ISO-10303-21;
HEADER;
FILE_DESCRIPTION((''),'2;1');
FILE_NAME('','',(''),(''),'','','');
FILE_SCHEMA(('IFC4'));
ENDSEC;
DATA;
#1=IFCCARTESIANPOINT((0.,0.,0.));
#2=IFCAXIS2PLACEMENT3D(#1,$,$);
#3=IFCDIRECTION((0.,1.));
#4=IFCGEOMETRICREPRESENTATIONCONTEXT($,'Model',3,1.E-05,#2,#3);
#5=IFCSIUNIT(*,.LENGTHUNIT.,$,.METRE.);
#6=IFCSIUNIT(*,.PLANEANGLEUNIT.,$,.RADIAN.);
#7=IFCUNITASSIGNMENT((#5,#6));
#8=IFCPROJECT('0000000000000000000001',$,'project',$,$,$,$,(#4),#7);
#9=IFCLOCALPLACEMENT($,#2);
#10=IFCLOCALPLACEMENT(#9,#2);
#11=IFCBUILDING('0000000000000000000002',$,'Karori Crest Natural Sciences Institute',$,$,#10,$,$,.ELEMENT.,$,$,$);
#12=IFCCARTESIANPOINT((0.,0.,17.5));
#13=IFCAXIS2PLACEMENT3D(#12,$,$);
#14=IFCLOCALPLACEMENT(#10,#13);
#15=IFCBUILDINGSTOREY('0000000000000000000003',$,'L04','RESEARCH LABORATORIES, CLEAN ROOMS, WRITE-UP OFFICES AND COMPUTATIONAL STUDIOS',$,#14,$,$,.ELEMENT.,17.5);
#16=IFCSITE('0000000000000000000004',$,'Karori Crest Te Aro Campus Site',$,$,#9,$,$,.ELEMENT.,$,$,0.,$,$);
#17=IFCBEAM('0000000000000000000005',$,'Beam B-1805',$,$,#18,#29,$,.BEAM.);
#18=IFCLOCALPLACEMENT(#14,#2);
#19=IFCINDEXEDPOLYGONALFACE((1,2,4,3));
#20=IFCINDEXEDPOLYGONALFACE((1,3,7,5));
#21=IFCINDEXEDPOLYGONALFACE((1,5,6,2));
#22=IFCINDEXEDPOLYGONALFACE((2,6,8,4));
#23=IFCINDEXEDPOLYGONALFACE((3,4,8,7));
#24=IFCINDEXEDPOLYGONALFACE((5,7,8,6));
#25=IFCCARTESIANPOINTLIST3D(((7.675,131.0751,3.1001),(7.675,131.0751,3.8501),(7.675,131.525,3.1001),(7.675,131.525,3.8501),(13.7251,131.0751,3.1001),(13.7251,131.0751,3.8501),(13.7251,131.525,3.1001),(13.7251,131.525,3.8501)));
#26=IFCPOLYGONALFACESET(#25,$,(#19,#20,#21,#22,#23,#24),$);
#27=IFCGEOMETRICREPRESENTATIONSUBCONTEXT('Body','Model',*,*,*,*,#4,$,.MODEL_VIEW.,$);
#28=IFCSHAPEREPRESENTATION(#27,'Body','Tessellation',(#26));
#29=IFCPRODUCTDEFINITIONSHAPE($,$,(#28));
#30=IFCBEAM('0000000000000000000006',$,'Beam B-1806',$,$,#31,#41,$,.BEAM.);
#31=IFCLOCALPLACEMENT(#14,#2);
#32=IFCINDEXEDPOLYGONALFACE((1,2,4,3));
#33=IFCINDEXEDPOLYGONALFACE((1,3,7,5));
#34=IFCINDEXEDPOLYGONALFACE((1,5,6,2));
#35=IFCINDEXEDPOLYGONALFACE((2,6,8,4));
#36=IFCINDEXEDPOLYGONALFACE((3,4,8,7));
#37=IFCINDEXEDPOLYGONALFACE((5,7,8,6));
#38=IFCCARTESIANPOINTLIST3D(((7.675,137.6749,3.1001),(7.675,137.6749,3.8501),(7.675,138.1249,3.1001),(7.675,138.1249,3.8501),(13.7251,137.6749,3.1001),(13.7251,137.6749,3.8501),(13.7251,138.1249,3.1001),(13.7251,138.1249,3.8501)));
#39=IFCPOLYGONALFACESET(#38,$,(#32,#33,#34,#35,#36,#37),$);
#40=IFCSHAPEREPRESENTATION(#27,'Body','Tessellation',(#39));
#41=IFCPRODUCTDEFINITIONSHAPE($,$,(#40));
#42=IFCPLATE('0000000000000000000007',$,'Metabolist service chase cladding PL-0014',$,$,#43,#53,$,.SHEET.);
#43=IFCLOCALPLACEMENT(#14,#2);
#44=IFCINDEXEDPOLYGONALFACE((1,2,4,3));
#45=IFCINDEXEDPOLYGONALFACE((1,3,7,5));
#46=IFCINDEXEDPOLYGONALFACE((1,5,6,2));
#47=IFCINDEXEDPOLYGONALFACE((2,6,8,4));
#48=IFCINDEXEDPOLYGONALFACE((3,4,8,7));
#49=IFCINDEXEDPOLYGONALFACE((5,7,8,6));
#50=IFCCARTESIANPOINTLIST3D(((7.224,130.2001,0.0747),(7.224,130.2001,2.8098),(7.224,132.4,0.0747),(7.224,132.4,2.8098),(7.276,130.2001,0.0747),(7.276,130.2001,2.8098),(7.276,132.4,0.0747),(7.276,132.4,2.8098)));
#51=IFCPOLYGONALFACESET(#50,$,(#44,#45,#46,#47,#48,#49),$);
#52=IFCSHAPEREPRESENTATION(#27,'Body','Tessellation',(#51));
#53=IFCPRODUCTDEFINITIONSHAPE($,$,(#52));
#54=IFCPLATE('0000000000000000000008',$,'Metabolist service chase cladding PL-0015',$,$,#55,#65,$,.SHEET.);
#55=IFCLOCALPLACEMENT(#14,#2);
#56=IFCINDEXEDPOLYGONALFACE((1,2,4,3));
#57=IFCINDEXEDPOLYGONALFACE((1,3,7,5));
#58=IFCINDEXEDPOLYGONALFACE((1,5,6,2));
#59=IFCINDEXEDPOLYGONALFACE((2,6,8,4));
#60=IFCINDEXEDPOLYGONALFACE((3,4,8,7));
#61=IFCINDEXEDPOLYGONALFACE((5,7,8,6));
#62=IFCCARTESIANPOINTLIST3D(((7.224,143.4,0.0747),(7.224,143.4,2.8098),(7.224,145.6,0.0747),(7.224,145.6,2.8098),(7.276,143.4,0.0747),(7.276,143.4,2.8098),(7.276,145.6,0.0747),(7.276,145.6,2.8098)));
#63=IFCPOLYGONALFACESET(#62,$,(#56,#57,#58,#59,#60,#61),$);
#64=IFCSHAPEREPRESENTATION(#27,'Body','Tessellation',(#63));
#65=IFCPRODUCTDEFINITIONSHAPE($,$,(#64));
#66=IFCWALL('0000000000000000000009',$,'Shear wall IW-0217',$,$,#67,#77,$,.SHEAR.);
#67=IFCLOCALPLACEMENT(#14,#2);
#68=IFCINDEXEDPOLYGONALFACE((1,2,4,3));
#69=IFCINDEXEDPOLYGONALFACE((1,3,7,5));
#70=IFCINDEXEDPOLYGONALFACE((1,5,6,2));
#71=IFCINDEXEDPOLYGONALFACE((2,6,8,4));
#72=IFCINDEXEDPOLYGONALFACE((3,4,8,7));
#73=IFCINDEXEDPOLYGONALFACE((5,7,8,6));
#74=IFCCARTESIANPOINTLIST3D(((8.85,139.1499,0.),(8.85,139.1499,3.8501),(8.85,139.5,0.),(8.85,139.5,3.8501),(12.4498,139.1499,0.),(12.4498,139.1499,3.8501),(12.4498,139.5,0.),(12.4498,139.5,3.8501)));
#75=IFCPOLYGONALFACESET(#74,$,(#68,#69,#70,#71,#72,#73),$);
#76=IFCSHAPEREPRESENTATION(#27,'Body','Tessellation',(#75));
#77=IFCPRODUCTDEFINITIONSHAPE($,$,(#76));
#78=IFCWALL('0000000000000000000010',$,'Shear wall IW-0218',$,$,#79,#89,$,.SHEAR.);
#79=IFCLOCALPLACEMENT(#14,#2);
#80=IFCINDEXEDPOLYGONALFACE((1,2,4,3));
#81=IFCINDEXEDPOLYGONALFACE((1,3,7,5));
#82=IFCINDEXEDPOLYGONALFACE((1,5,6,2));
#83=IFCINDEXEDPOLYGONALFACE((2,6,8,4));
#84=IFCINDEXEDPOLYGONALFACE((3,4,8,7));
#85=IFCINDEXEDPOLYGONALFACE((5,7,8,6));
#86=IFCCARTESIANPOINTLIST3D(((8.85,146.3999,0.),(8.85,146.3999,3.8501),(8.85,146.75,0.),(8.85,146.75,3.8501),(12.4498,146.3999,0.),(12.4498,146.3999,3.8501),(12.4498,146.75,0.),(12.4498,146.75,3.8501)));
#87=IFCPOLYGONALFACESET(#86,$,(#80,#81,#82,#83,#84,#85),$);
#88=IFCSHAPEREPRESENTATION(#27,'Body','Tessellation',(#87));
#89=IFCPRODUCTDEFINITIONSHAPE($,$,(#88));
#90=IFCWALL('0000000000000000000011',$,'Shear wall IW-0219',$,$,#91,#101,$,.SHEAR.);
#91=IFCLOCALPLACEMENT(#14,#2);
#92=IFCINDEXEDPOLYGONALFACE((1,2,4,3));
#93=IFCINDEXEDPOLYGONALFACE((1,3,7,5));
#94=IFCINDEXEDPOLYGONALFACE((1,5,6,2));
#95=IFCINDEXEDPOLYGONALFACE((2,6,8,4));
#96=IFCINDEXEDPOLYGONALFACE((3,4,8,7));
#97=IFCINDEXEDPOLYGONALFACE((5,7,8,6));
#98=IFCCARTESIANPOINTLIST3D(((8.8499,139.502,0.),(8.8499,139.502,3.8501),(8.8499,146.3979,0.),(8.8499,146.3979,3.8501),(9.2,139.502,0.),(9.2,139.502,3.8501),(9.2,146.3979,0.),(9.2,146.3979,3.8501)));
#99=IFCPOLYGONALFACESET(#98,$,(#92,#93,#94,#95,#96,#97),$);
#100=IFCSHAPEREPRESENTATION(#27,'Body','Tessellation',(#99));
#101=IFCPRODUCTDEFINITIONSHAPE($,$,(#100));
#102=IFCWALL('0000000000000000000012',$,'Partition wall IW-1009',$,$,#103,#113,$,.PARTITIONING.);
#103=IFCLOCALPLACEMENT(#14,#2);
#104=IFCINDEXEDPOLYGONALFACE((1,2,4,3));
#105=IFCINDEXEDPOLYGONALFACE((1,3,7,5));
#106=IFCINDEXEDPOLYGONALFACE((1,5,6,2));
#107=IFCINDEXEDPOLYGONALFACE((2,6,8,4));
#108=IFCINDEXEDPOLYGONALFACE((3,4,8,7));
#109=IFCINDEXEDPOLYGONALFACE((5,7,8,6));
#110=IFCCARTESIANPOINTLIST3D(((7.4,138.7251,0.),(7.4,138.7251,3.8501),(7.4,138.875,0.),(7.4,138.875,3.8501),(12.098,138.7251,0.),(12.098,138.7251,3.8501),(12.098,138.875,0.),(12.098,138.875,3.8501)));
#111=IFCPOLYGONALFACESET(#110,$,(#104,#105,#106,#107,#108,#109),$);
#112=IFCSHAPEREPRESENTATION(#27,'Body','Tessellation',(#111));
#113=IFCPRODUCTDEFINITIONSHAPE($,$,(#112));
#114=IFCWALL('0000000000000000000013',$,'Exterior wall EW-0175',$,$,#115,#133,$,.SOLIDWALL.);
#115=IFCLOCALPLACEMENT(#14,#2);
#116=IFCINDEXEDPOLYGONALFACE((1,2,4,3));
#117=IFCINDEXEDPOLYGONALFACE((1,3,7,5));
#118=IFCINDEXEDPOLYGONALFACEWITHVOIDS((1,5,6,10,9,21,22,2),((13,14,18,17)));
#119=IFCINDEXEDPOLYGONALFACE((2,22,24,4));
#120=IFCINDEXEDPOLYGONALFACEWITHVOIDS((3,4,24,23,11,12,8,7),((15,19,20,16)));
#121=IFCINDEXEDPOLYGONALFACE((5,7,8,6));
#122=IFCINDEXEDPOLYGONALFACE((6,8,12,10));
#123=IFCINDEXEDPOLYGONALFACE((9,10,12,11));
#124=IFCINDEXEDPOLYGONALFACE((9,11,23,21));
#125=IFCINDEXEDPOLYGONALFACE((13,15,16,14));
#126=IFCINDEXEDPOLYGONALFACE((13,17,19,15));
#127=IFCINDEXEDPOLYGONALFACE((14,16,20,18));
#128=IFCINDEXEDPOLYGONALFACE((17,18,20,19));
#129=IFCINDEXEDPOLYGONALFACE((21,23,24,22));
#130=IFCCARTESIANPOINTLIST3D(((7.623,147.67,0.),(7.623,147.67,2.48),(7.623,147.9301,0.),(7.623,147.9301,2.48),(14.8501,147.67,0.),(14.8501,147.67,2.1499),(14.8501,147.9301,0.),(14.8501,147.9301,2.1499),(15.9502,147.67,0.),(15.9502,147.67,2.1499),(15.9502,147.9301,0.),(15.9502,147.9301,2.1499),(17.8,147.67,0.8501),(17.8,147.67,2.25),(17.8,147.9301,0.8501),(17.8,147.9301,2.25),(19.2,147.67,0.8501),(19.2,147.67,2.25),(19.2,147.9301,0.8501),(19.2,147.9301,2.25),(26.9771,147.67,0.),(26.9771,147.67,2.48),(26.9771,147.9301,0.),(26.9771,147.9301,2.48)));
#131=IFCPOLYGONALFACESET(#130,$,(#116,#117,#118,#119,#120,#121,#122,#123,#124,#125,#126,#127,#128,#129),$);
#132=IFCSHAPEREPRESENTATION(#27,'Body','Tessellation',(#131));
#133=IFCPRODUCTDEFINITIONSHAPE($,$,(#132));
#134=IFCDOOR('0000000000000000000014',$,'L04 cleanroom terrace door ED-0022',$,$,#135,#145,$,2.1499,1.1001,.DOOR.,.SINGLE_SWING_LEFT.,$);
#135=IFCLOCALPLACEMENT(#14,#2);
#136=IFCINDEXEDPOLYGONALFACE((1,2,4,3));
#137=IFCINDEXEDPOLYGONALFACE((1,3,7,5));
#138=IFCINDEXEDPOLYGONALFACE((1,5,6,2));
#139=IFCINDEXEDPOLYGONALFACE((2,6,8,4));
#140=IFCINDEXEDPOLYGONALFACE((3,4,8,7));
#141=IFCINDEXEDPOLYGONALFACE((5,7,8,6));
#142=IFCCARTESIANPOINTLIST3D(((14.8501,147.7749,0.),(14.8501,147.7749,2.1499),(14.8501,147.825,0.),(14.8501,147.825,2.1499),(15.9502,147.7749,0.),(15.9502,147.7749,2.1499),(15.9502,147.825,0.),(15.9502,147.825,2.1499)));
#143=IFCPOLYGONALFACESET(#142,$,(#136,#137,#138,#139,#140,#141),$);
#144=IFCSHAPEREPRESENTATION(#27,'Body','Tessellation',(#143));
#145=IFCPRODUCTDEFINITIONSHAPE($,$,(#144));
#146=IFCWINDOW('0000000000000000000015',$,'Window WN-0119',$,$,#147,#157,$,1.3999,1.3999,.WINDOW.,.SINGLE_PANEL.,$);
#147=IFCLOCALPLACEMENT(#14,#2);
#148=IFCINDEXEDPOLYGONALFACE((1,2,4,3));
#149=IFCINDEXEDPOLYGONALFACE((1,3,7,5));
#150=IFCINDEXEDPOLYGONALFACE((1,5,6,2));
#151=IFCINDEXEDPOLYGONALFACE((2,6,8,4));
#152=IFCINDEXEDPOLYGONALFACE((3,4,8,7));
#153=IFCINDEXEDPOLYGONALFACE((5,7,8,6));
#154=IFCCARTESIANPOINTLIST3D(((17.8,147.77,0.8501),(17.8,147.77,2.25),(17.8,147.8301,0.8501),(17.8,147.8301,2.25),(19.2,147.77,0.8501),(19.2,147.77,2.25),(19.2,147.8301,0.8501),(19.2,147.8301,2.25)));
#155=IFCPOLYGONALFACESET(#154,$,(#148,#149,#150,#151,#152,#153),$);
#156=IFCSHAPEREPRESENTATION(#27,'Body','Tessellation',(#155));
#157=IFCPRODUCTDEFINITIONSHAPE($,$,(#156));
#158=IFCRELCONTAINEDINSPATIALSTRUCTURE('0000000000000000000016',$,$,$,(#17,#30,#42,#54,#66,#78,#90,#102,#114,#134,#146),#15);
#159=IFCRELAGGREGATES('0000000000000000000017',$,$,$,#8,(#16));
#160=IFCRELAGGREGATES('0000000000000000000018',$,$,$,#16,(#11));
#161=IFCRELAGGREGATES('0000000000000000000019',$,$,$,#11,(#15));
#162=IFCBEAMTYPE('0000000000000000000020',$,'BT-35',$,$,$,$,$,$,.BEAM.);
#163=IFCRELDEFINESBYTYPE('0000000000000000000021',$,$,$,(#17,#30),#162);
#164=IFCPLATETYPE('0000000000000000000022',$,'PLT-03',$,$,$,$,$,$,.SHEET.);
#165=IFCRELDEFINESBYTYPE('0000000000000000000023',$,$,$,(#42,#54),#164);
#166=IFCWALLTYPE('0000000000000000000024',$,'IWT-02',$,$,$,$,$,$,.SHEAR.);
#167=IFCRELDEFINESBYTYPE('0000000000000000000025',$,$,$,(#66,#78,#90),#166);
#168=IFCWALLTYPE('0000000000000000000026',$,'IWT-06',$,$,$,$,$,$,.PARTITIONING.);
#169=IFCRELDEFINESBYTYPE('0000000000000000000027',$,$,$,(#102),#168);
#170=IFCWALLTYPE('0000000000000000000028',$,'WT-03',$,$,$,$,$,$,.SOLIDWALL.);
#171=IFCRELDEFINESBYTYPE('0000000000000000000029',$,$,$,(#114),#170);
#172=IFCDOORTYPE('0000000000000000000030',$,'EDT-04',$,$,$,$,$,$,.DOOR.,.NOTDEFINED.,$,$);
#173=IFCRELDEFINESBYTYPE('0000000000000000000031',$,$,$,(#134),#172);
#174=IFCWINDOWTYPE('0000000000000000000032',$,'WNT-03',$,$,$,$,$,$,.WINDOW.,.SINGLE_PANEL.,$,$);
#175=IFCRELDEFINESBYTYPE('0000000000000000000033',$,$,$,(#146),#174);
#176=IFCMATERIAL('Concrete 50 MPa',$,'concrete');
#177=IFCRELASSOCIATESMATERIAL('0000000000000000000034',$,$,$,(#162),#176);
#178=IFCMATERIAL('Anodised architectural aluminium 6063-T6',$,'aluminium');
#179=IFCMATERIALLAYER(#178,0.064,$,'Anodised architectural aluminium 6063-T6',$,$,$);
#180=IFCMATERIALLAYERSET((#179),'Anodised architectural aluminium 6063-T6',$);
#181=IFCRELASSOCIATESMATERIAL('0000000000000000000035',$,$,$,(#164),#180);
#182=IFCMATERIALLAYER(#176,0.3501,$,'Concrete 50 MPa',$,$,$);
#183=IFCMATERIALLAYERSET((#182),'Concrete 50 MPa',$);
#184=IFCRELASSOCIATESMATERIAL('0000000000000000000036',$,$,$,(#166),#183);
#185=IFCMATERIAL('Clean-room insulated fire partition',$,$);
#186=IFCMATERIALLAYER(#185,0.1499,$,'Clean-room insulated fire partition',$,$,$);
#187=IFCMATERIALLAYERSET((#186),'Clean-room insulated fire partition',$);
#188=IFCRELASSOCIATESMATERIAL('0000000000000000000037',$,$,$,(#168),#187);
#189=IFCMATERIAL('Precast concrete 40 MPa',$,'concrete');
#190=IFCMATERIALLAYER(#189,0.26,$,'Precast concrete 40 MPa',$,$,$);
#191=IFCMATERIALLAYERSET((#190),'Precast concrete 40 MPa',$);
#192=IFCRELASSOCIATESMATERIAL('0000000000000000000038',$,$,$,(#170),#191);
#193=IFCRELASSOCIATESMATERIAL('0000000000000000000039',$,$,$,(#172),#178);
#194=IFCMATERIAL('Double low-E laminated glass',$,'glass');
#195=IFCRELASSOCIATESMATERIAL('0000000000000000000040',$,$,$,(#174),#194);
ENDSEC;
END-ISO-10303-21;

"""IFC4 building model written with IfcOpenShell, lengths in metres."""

from ifc_helpers import new_model, si_unit, direction, frame, frame_2d, origin, origin_2d, place, context, subcontext, project, spatial, rectangle, extrude, material, layer, layer_set, material_profile, profile_set, type_object, element, fill, save


model = new_model("IFC4")

# Units and contexts
model_context = context("Model", 3, precision=1e-05, world=origin(), true_north=direction((0.0, 1.0)))
body_context = subcontext(model_context, "Body", "Model", "MODEL_VIEW")
ifc_project = project(units=[si_unit("LENGTHUNIT", "METRE"), si_unit("PLANEANGLEUNIT", "RADIAN")], contexts=[model_context])

# Site, building, storey
site_placement = place(None, origin())
site = spatial("IfcSite", under=ifc_project, at=site_placement, Name="Karori Crest Te Aro Campus Site", CompositionType="ELEMENT", RefElevation=0.0)
building_placement = place(site_placement, origin())
building = spatial("IfcBuilding", under=site, at=building_placement, Name="Karori Crest Natural Sciences Institute", CompositionType="ELEMENT")
storey_placement = place(building_placement, frame((0.0, 0.0, 17.5)))
storey = spatial("IfcBuildingStorey", under=building, at=storey_placement, Name="L04", Description="RESEARCH LABORATORIES, CLEAN ROOMS, WRITE-UP OFFICES AND COMPUTATIONAL STUDIOS", CompositionType="ELEMENT", Elevation=17.5)

# Shared definitions
ifc_material_1 = material(Name="Concrete 50 MPa", Category="concrete")

# Beams
ifc_material_profile_1 = material_profile(ifc_material_1, rectangle(XDim=0.45, YDim=0.75, at=origin_2d()), Name="RCB450x750")
ifc_profile_set_1 = profile_set([ifc_material_profile_1], Name="Concrete 50 MPa")
beam_type_1 = type_object("IfcBeamType", Name="BT-35", PredefinedType="BEAM", material=ifc_profile_set_1)
for number, where, z_axis, x_axis, name in (
    (1, (7.675, 131.3, 3.4751), (1.0, 0.0, 0.0), (0.0, 1.0, 0.0), "Beam B-1805"),
    (2, (7.675, 137.8999, 3.4751), (1.0, 0.0, 0.0), (0.0, 1.0, 0.0), "Beam B-1806"),
):
    element("IfcBeam", number, at=place(storey_placement, frame(where, z_axis=z_axis, x_axis=x_axis)), inside=storey, type_object=beam_type_1, Name=name, PredefinedType="BEAM", context=body_context, shape_type="SweptSolid", body=[
        extrude(rectangle(XDim=0.45, YDim=0.75, at=origin_2d()), origin(), (0.0, 0.0, 1.0), 6.05),
    ])

# Plates
ifc_material_2 = material(Name="Anodised architectural aluminium 6063-T6", Category="aluminium")
ifc_layer_1 = layer(ifc_material_2, 0.064, Name="Anodised architectural aluminium 6063-T6")
ifc_layer_set_1 = layer_set([ifc_layer_1], Name="Anodised architectural aluminium 6063-T6")
plate_type = type_object("IfcPlateType", Name="PLT-03", PredefinedType="SHEET", material=ifc_layer_set_1)
for number, where, z_axis, x_axis, name in (
    (3, (7.25, 131.3, 0.0747), (0.0, 0.0, 1.0), (1.0, 0.0, 0.0), "Metabolist service chase cladding PL-0014"),
    (4, (7.25, 144.5, 0.0747), (0.0, 0.0, 1.0), (1.0, 0.0, 0.0), "Metabolist service chase cladding PL-0015"),
):
    element("IfcPlate", number, at=place(storey_placement, frame(where, z_axis=z_axis, x_axis=x_axis)), inside=storey, type_object=plate_type, Name=name, PredefinedType="SHEET", context=body_context, shape_type="SweptSolid", body=[
        extrude(rectangle(XDim=0.052, YDim=2.2, at=origin_2d()), origin(), (0.0, 0.0, 1.0), 2.7351),
    ])

# Walls
ifc_layer_2 = layer(ifc_material_1, 0.3501, Name="Concrete 50 MPa")
ifc_layer_set_2 = layer_set([ifc_layer_2], Name="Concrete 50 MPa")
wall_type_1 = type_object("IfcWallType", Name="IWT-02", PredefinedType="SHEAR", material=ifc_layer_set_2)
for number, where, z_axis, x_axis, name in (
    (5, (8.8501, 139.325, 0.0), (0.0, 0.0, 1.0), (1.0, 0.0, 0.0), "Shear wall IW-0217"),
    (6, (8.8501, 146.575, 0.0), (0.0, 0.0, 1.0), (1.0, 0.0, 0.0), "Shear wall IW-0218"),
):
    element("IfcWall", number, at=place(storey_placement, frame(where, z_axis=z_axis, x_axis=x_axis)), inside=storey, type_object=wall_type_1, Name=name, PredefinedType="SHEAR", context=body_context, shape_type="SweptSolid", body=[
        extrude(rectangle(XDim=3.5999, YDim=0.3501, at=frame_2d((1.7998, 0.0))), origin(), (0.0, 0.0, 1.0), 3.8501),
    ])
wall_1_placement = place(storey_placement, frame((9.0249, 139.502, 0.0), z_axis=(0.0, 0.0, 1.0), x_axis=(0.0, 1.0, 0.0)))
element("IfcWall", 7, at=wall_1_placement, inside=storey, type_object=wall_type_1, Name="Shear wall IW-0219", PredefinedType="SHEAR", context=body_context, shape_type="SweptSolid", body=[
    extrude(rectangle(XDim=6.896, YDim=0.3501, at=frame_2d((3.448, 0.0))), origin(), (0.0, 0.0, 1.0), 3.8501),
])

# Wall
ifc_material_3 = material(Name="Clean-room insulated fire partition")
ifc_layer_3 = layer(ifc_material_3, 0.1499, Name="Clean-room insulated fire partition")
ifc_layer_set_3 = layer_set([ifc_layer_3], Name="Clean-room insulated fire partition")
wall_type_2 = type_object("IfcWallType", Name="IWT-06", PredefinedType="PARTITIONING", material=ifc_layer_set_3)
wall_2_placement = place(storey_placement, frame((7.3999, 138.8, 0.0), z_axis=(0.0, 0.0, 1.0), x_axis=(1.0, 0.0, 0.0)))
element("IfcWall", 8, at=wall_2_placement, inside=storey, type_object=wall_type_2, Name="Partition wall IW-1009", PredefinedType="PARTITIONING", context=body_context, shape_type="SweptSolid", body=[
    extrude(rectangle(XDim=4.698, YDim=0.1499, at=frame_2d((2.3491, 0.0))), origin(), (0.0, 0.0, 1.0), 3.8501),
])

# Wall, openings, door, window
ifc_material_4 = material(Name="Precast concrete 40 MPa", Category="concrete")
ifc_layer_4 = layer(ifc_material_4, 0.26, Name="Precast concrete 40 MPa")
ifc_layer_set_4 = layer_set([ifc_layer_4], Name="Precast concrete 40 MPa")
wall_type_3 = type_object("IfcWallType", Name="WT-03", PredefinedType="SOLIDWALL", material=ifc_layer_set_4)
wall_3_placement = place(storey_placement, frame((7.623, 147.8, 0.0), z_axis=(0.0, 0.0, 1.0), x_axis=(1.0, 0.0, 0.0)))
wall_3 = element("IfcWall", 9, at=wall_3_placement, inside=storey, type_object=wall_type_3, Name="Exterior wall EW-0175", PredefinedType="SOLIDWALL", context=body_context, shape_type="SweptSolid", body=[
    extrude(rectangle(XDim=19.354, YDim=0.26, at=frame_2d((9.677, 0.0))), origin(), (0.0, 0.0, 1.0), 2.48),
])
opening_1_placement = place(wall_3_placement, frame((7.2271, 0.0, 0.0)))
opening_1 = element("IfcOpeningElement", 10, at=opening_1_placement, cuts=wall_3, PredefinedType="OPENING", context=body_context, shape_type="SweptSolid", body=[
    extrude(rectangle(XDim=1.1001, YDim=2.1499, at=frame_2d((0.55, 1.075))), frame((0.0, 0.1401, 0.0), z_axis=(0.0, -1.0, 0.0), x_axis=(1.0, 0.0, 0.0)), (0.0, 0.0, 1.0), 0.28),
])
opening_2_placement = place(wall_3_placement, frame((10.177, 0.0, 0.8501)))
opening_2 = element("IfcOpeningElement", 11, at=opening_2_placement, cuts=wall_3, PredefinedType="OPENING", context=body_context, shape_type="SweptSolid", body=[
    extrude(rectangle(XDim=1.3999, YDim=1.3999, at=frame_2d((0.7, 0.7))), frame((0.0, 0.1401, 0.0), z_axis=(0.0, -1.0, 0.0), x_axis=(1.0, 0.0, 0.0)), (0.0, 0.0, 1.0), 0.28),
])
door_type_1 = type_object("IfcDoorType", Name="EDT-04", OperationType="NOTDEFINED", PredefinedType="DOOR", material=ifc_material_2)
door_1_placement = place(opening_1_placement, origin())
door_1 = element("IfcDoor", 12, at=door_1_placement, inside=storey, type_object=door_type_1, Name="L04 cleanroom terrace door ED-0022", OperationType="SINGLE_SWING_LEFT", OverallHeight=2.1499, OverallWidth=1.1001, PredefinedType="DOOR", context=body_context, shape_type="SweptSolid", body=[
    extrude(rectangle(XDim=1.1001, YDim=2.1499, at=frame_2d((0.55, 1.075))), frame((0.0, 0.0249, 0.0), z_axis=(0.0, -1.0, 0.0), x_axis=(1.0, 0.0, 0.0)), (0.0, 0.0, 1.0), 0.05),
])
fill(opening_1, door_1)
ifc_material_5 = material(Name="Double low-E laminated glass", Category="glass")
window_type = type_object("IfcWindowType", Name="WNT-03", PartitioningType="SINGLE_PANEL", PredefinedType="WINDOW", material=ifc_material_5)
window_placement = place(opening_2_placement, origin())
window = element("IfcWindow", 13, at=window_placement, inside=storey, type_object=window_type, Name="Window WN-0119", OverallHeight=1.3999, OverallWidth=1.3999, PartitioningType="SINGLE_PANEL", PredefinedType="WINDOW", context=body_context, shape_type="SweptSolid", body=[
    extrude(rectangle(XDim=1.3999, YDim=1.3999, at=frame_2d((0.7, 0.7))), frame((0.0, 0.03, 0.0), z_axis=(0.0, -1.0, 0.0), x_axis=(1.0, 0.0, 0.0)), (0.0, 0.0, 1.0), 0.0601),
])
fill(opening_2, window)

save(model, "model.ifc")
